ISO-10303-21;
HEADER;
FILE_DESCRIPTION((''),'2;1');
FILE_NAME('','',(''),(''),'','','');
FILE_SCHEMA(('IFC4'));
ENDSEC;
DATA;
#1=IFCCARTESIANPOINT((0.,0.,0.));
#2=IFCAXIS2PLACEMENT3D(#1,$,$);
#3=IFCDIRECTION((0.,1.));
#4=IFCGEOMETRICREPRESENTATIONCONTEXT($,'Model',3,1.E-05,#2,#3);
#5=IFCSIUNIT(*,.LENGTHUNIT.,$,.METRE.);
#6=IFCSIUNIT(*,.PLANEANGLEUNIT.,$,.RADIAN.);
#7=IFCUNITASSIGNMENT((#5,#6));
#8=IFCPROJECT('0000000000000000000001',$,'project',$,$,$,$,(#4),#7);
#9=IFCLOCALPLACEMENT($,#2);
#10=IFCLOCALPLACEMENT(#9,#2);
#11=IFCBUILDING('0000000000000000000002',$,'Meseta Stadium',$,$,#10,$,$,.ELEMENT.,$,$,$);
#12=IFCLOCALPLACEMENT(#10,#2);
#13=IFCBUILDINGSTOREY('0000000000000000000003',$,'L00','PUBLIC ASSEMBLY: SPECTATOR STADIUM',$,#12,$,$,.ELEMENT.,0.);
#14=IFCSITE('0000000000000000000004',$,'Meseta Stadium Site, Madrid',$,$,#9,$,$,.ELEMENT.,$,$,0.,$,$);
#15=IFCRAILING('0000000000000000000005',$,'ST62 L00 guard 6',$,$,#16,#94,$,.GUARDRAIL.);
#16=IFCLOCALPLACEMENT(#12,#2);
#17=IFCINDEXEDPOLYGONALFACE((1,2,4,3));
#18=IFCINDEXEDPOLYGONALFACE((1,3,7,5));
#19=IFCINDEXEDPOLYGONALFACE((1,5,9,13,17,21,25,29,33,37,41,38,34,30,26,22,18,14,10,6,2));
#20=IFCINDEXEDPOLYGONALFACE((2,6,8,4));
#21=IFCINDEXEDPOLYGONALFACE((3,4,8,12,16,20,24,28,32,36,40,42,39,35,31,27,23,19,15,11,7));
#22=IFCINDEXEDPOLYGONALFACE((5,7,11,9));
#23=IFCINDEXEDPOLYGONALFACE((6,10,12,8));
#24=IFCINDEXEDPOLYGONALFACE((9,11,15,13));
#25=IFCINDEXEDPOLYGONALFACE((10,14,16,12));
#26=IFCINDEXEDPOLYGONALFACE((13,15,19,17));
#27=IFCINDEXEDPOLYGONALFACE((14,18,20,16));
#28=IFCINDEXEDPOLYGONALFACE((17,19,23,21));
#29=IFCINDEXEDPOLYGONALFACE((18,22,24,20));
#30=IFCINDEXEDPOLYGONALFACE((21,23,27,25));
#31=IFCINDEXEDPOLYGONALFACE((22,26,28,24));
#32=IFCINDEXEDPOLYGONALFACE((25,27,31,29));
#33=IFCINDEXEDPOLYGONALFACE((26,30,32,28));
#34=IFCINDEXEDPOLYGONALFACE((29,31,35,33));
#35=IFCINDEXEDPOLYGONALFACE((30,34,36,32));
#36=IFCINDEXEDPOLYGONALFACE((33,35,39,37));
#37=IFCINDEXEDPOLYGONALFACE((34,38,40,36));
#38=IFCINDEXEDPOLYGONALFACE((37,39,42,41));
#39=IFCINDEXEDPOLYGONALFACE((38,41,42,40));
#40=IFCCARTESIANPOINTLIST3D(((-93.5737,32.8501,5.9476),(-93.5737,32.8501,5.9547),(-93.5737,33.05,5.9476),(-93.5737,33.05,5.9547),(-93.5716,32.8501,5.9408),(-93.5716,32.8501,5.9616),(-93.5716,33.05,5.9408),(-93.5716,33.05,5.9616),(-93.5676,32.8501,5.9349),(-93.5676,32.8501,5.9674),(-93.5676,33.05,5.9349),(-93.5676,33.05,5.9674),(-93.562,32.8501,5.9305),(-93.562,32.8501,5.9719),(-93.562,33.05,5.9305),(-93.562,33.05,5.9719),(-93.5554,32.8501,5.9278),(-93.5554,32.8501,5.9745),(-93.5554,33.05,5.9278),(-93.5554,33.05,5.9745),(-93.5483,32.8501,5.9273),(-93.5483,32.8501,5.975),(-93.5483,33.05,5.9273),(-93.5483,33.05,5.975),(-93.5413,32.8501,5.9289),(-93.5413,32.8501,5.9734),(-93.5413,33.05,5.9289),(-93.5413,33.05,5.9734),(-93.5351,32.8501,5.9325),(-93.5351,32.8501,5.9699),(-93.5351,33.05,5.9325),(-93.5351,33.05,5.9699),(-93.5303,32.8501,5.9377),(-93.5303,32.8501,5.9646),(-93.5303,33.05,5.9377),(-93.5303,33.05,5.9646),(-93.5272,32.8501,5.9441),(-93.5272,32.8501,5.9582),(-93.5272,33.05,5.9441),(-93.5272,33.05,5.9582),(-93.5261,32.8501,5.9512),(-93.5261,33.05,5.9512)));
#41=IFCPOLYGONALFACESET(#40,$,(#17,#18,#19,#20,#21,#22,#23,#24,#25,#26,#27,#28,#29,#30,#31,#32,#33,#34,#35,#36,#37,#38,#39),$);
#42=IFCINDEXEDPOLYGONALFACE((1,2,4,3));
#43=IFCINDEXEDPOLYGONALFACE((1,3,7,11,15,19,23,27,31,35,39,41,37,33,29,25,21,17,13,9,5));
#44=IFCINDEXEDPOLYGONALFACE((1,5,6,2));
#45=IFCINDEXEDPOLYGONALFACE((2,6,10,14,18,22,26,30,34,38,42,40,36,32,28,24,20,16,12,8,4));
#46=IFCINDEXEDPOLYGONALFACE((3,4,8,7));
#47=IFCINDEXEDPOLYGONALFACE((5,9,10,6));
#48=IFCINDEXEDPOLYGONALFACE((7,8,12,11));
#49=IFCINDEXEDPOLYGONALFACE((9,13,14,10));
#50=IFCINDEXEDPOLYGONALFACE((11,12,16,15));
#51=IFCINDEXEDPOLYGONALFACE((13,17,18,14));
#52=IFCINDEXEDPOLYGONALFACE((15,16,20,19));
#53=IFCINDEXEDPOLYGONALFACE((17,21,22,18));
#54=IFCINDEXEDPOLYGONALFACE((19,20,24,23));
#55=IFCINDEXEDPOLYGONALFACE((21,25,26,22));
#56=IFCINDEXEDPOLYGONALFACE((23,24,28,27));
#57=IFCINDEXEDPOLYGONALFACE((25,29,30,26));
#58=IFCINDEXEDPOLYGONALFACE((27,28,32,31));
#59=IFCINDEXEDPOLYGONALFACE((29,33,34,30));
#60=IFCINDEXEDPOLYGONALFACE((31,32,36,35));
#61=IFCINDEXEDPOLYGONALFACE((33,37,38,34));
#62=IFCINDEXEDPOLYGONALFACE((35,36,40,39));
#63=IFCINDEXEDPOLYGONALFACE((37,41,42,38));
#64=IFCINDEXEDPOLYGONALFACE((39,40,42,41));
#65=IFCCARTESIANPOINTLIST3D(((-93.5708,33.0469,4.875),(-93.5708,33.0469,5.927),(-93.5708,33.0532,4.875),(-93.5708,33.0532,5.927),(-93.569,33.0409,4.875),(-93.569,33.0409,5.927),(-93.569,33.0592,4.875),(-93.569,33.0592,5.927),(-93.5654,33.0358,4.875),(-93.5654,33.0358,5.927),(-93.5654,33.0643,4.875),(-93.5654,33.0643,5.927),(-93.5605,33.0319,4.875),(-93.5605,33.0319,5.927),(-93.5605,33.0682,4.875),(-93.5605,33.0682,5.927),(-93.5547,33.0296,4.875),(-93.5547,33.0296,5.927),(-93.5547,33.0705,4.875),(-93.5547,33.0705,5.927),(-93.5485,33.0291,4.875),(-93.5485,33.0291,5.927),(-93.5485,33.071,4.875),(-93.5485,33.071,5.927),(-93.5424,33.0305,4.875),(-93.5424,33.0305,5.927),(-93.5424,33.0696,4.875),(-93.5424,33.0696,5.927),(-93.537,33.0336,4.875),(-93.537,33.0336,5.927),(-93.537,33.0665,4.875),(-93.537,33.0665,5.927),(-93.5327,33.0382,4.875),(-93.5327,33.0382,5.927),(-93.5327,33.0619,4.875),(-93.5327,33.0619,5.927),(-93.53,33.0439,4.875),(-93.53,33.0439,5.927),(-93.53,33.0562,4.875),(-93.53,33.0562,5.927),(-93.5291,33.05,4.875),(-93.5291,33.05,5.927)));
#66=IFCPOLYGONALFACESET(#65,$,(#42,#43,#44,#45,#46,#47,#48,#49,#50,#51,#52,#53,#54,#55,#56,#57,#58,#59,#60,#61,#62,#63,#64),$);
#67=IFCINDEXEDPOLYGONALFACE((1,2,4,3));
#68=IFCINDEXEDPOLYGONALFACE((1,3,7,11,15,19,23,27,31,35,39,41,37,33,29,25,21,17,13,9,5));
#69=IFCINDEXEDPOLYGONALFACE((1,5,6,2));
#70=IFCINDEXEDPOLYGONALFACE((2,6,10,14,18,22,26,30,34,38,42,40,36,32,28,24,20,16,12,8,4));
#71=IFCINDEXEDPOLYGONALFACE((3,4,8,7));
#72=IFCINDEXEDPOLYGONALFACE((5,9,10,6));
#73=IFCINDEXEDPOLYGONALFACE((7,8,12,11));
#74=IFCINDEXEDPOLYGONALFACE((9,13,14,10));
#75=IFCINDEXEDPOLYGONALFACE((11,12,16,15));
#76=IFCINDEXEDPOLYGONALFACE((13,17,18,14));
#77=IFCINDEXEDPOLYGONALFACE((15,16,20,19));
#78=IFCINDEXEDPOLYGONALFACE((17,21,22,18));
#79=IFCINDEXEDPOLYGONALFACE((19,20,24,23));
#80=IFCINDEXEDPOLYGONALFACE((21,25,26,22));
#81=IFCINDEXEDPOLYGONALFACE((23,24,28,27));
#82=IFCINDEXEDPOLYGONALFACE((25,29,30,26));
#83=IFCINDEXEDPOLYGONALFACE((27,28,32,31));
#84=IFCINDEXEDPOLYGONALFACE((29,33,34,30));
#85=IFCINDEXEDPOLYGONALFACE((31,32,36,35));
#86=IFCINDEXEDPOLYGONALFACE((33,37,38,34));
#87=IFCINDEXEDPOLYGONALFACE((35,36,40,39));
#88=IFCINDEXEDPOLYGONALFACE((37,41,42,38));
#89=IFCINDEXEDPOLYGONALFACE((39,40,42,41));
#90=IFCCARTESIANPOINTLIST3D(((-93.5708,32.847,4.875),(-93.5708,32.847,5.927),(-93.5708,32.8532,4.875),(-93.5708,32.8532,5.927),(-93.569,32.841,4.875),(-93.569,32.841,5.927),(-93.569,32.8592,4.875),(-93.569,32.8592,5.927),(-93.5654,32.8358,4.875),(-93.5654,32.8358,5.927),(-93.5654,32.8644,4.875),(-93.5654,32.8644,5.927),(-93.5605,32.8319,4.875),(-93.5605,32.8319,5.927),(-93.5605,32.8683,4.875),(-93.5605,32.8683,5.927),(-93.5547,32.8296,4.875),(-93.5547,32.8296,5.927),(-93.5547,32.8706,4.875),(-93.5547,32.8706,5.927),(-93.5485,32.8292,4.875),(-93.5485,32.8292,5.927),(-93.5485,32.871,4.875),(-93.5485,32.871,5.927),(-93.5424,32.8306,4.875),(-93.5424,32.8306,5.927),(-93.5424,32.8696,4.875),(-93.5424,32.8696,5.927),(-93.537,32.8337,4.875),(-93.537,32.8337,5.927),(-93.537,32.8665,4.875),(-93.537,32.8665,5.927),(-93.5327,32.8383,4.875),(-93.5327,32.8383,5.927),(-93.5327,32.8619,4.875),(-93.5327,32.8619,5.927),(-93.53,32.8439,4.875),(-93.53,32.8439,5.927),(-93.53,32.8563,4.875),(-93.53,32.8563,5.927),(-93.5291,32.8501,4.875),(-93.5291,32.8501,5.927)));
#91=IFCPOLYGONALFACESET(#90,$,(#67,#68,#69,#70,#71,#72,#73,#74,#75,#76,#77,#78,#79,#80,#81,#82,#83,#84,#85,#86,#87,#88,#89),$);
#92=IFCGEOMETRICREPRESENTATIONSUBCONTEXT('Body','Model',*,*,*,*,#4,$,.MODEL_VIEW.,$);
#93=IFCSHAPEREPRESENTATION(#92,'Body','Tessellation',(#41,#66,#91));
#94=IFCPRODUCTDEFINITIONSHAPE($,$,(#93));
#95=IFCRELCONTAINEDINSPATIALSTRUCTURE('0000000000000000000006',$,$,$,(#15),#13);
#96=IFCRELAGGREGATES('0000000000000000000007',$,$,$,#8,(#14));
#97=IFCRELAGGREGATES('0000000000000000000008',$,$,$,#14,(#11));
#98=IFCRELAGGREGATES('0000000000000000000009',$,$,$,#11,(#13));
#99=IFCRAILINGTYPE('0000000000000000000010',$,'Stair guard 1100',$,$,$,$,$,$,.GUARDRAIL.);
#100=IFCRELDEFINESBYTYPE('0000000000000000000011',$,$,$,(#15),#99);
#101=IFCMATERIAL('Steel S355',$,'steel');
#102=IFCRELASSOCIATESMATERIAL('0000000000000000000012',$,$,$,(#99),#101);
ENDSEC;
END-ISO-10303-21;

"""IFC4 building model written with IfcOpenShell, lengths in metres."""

from ifc_helpers import new_model, si_unit, direction, frame, origin, origin_2d, place, context, subcontext, project, spatial, circle, extrude, material, type_object, element, save


model = new_model("IFC4")

# Units and contexts
model_context = context("Model", 3, precision=1e-05, world=origin(), true_north=direction((0.0, 1.0)))
body_context = subcontext(model_context, "Body", "Model", "MODEL_VIEW")
ifc_project = project(units=[si_unit("LENGTHUNIT", "METRE"), si_unit("PLANEANGLEUNIT", "RADIAN")], contexts=[model_context])

# Site, building, storey
site_placement = place(None, origin())
site = spatial("IfcSite", under=ifc_project, at=site_placement, Name="Meseta Stadium Site, Madrid", CompositionType="ELEMENT", RefElevation=0.0)
building_placement = place(site_placement, origin())
building = spatial("IfcBuilding", under=site, at=building_placement, Name="Meseta Stadium", CompositionType="ELEMENT")
storey_placement = place(building_placement, origin())
storey = spatial("IfcBuildingStorey", under=building, at=storey_placement, Name="L00", Description="PUBLIC ASSEMBLY: SPECTATOR STADIUM", CompositionType="ELEMENT", Elevation=0.0)

# Railing
ifc_material_1 = material(Name="Steel S355", Category="steel")
railing_type_1 = type_object("IfcRailingType", Name="Stair guard 1100", PredefinedType="GUARDRAIL", material=ifc_material_1)
railing_1_placement = place(storey_placement, frame((-93.55, 33.05, 4.875)))
element("IfcRailing", 1, at=railing_1_placement, inside=storey, type_object=railing_type_1, Name="ST62 L00 guard 6", PredefinedType="GUARDRAIL", context=body_context, shape_type="SweptSolid", body=[
    extrude(circle(Radius=0.0239, at=origin_2d()), frame((0.0, 0.0, 1.0762), z_axis=(0.0, -1.0, 0.0), x_axis=(1.0, 0.0, 0.0)), (0.0, 0.0, 1.0), 0.2),
    extrude(circle(Radius=0.021, at=origin_2d()), origin(), (0.0, 0.0, 1.0), 1.052),
    extrude(circle(Radius=0.021, at=origin_2d()), frame((0.0, -0.2, 0.0)), (0.0, 0.0, 1.0), 1.052),
])

save(model, "model.ifc")
